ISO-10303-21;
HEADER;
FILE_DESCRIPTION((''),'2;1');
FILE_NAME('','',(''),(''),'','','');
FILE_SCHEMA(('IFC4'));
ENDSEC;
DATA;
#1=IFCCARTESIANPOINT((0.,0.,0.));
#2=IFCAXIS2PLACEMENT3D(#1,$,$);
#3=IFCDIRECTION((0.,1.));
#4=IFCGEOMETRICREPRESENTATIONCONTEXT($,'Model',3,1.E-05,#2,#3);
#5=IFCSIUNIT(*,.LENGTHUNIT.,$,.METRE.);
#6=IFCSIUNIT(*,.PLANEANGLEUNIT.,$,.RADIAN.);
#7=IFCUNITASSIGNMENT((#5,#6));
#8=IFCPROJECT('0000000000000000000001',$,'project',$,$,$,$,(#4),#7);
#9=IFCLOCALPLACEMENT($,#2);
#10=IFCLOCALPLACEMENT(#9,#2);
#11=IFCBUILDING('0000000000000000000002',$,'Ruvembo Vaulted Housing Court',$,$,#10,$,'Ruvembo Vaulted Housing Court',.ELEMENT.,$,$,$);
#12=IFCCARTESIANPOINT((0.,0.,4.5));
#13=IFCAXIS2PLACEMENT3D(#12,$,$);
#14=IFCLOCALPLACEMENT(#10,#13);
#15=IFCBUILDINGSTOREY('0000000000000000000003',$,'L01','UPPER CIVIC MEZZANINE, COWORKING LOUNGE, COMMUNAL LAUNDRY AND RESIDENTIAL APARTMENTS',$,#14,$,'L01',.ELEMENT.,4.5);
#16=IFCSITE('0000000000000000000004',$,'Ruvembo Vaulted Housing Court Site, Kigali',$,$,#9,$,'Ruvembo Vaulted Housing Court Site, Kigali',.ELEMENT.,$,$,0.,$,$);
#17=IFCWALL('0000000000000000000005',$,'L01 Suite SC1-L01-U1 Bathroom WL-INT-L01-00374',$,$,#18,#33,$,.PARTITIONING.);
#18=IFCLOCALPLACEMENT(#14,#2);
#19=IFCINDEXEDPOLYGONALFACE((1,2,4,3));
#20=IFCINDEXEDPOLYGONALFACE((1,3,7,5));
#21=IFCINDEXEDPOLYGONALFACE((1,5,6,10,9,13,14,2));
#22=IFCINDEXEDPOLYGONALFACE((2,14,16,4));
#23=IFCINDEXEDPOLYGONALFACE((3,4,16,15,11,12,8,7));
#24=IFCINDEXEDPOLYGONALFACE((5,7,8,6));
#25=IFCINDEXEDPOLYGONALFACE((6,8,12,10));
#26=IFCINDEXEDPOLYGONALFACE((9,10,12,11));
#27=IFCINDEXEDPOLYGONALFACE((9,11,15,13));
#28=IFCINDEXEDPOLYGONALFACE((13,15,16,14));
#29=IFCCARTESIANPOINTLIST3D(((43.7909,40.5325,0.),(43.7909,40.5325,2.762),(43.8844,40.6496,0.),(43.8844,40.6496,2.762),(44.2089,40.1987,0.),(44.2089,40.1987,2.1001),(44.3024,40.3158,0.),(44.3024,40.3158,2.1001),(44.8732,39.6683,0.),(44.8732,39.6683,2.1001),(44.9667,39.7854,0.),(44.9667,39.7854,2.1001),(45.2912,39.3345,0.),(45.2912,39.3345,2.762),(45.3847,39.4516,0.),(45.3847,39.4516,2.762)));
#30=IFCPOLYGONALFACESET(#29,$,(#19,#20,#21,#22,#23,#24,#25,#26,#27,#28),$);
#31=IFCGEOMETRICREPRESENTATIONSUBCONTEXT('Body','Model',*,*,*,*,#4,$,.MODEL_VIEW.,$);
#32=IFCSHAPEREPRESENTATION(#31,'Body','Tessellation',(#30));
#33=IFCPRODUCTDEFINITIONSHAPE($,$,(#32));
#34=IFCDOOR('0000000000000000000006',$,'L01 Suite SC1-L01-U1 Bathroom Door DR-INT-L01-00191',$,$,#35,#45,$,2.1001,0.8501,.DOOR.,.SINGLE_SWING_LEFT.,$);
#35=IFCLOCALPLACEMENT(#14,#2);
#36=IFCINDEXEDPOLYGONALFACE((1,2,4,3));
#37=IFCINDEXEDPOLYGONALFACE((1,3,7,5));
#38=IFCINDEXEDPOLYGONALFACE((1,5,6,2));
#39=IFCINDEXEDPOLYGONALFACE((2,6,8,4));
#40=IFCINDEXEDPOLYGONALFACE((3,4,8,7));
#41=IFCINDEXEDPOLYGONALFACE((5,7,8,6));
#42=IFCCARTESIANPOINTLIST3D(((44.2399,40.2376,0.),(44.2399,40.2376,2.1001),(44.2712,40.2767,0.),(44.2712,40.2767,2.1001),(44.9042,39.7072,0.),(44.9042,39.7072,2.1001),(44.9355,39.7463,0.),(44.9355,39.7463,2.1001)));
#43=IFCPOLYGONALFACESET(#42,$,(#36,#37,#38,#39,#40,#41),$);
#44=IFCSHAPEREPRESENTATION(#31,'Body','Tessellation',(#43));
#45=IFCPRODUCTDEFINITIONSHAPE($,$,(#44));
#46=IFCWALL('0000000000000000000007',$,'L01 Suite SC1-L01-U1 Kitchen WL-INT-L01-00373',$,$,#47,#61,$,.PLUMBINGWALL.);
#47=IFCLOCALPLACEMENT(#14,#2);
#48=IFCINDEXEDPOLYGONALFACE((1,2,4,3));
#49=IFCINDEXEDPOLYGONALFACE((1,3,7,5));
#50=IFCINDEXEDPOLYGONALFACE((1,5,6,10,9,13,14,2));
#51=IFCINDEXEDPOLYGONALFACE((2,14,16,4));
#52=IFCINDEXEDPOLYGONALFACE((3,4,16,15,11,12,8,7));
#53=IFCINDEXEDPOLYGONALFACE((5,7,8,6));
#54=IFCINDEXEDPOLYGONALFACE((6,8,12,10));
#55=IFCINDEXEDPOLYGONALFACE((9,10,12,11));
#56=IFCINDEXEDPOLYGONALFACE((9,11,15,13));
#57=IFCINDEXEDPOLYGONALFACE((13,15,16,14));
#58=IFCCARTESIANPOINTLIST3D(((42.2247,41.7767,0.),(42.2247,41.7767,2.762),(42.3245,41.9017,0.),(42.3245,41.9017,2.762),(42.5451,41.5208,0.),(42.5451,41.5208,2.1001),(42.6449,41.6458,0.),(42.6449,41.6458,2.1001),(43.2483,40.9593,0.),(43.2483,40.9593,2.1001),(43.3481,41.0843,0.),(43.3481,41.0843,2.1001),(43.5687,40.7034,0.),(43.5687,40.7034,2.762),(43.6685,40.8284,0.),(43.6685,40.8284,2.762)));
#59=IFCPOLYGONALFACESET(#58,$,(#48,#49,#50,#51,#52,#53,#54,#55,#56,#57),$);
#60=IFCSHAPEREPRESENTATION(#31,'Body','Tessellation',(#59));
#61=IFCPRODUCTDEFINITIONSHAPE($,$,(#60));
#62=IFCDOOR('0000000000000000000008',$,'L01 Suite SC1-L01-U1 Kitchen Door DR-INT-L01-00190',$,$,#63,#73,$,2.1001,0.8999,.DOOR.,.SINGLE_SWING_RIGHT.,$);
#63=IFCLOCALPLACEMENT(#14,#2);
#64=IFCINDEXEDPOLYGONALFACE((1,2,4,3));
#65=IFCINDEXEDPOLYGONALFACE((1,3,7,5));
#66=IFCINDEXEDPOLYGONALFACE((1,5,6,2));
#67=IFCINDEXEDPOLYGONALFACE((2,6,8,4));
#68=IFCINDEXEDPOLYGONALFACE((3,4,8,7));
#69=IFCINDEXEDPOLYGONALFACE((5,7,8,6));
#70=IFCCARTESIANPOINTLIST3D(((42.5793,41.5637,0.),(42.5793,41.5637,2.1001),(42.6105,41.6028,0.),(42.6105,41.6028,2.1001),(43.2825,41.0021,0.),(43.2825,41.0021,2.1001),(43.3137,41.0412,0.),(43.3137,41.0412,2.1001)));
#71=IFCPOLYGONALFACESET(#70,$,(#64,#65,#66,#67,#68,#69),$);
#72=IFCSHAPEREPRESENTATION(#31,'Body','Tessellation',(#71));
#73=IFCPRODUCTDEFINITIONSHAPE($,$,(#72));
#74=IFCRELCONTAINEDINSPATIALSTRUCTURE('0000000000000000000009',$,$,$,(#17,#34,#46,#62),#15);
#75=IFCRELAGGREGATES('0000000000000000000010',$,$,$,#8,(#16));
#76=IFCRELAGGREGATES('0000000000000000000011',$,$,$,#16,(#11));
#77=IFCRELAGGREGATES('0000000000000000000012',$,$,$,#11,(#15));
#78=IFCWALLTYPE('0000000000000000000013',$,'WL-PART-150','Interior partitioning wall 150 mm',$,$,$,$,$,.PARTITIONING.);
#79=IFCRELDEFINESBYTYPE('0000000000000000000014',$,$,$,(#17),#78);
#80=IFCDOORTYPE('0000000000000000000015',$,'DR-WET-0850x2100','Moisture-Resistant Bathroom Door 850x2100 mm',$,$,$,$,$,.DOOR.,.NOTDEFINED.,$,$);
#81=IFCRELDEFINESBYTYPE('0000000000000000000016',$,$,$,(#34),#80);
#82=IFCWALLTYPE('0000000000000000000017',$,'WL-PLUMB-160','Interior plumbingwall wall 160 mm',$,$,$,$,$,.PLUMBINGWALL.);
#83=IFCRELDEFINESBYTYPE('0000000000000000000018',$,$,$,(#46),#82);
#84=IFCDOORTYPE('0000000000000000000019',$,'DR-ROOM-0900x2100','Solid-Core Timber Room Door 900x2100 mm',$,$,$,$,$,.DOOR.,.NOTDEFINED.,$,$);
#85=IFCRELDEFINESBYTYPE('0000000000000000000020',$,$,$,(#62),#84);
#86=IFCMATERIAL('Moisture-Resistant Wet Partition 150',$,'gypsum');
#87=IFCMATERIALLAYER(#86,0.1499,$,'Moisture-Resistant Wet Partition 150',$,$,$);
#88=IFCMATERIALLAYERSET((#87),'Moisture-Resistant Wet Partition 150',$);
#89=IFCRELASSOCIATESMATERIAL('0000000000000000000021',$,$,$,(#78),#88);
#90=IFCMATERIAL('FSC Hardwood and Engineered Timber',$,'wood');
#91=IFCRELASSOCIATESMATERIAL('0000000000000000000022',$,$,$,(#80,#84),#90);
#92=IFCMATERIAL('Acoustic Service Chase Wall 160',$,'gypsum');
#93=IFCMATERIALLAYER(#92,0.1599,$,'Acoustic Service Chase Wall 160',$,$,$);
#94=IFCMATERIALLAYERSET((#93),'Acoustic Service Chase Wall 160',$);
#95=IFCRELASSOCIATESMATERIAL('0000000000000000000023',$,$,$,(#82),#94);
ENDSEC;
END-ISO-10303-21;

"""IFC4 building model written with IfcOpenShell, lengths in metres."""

from ifc_helpers import new_model, si_unit, direction, frame, frame_2d, origin, place, context, subcontext, project, spatial, rectangle, extrude, material, layer, layer_set, type_object, element, fill, save


model = new_model("IFC4")

# Units and contexts
model_context = context("Model", 3, precision=1e-05, world=origin(), true_north=direction((0.0, 1.0)))
body_context = subcontext(model_context, "Body", "Model", "MODEL_VIEW")
ifc_project = project(units=[si_unit("LENGTHUNIT", "METRE"), si_unit("PLANEANGLEUNIT", "RADIAN")], contexts=[model_context])

# Site, building, storey
site_placement = place(None, origin())
site = spatial("IfcSite", under=ifc_project, at=site_placement, Name="Ruvembo Vaulted Housing Court Site, Kigali", LongName="Ruvembo Vaulted Housing Court Site, Kigali", CompositionType="ELEMENT", RefElevation=0.0)
building_placement = place(site_placement, origin())
building = spatial("IfcBuilding", under=site, at=building_placement, Name="Ruvembo Vaulted Housing Court", LongName="Ruvembo Vaulted Housing Court", CompositionType="ELEMENT")
storey_placement = place(building_placement, frame((0.0, 0.0, 4.5)))
storey = spatial("IfcBuildingStorey", under=building, at=storey_placement, Name="L01", Description="UPPER CIVIC MEZZANINE, COWORKING LOUNGE, COMMUNAL LAUNDRY AND RESIDENTIAL APARTMENTS", LongName="L01", CompositionType="ELEMENT", Elevation=4.5)

# Walls, openings, doors
ifc_material_1 = material(Name="FSC Hardwood and Engineered Timber", Category="wood")
ifc_material_2 = material(Name="Moisture-Resistant Wet Partition 150", Category="gypsum")
ifc_layer_1 = layer(ifc_material_2, 0.1499, Name="Moisture-Resistant Wet Partition 150")
ifc_layer_set_1 = layer_set([ifc_layer_1], Name="Moisture-Resistant Wet Partition 150")
wall_type_1 = type_object("IfcWallType", Name="WL-PART-150", Description="Interior partitioning wall 150 mm", PredefinedType="PARTITIONING", material=ifc_layer_set_1)
wall_1_placement = place(storey_placement, frame((43.8376, 40.5911, 0.0), z_axis=(0.0, 0.0, 1.0), x_axis=(0.781427, -0.623997, 0.0)))
wall_1 = element("IfcWall", 1, at=wall_1_placement, inside=storey, type_object=wall_type_1, Name="L01 Suite SC1-L01-U1 Bathroom WL-INT-L01-00374", PredefinedType="PARTITIONING", context=body_context, shape_type="SweptSolid", body=[
    extrude(rectangle(XDim=1.9199, YDim=0.1499, at=frame_2d((0.96, 0.0))), origin(), (0.0, 0.0, 1.0), 2.762),
])
opening_1_placement = place(wall_1_placement, frame((0.5349, 0.0, 0.0)))
opening_1 = element("IfcOpeningElement", 2, at=opening_1_placement, cuts=wall_1, PredefinedType="OPENING", context=body_context, shape_type="SweptSolid", body=[
    extrude(rectangle(XDim=0.8501, YDim=2.1001, at=frame_2d((0.425, 1.05))), frame((0.0, 0.085, 0.0), z_axis=(0.0, -1.0, 0.0), x_axis=(1.0, 0.0, 0.0)), (0.0, 0.0, 1.0), 0.1699),
])
door_type_1 = type_object("IfcDoorType", Name="DR-WET-0850x2100", Description="Moisture-Resistant Bathroom Door 850x2100 mm", OperationType="NOTDEFINED", PredefinedType="DOOR", material=ifc_material_1)
door_1_placement = place(opening_1_placement, origin())
door_1 = element("IfcDoor", 3, at=door_1_placement, inside=storey, type_object=door_type_1, Name="L01 Suite SC1-L01-U1 Bathroom Door DR-INT-L01-00191", OperationType="SINGLE_SWING_LEFT", OverallHeight=2.1001, OverallWidth=0.8501, PredefinedType="DOOR", context=body_context, shape_type="SweptSolid", body=[
    extrude(rectangle(XDim=0.8501, YDim=2.1001, at=frame_2d((0.425, 1.05))), frame((0.0, 0.0249, 0.0), z_axis=(0.0, -1.0, 0.0), x_axis=(1.0, 0.0, 0.0)), (0.0, 0.0, 1.0), 0.05),
])
fill(opening_1, door_1)
ifc_material_3 = material(Name="Acoustic Service Chase Wall 160", Category="gypsum")
ifc_layer_2 = layer(ifc_material_3, 0.1599, Name="Acoustic Service Chase Wall 160")
ifc_layer_set_2 = layer_set([ifc_layer_2], Name="Acoustic Service Chase Wall 160")
wall_type_2 = type_object("IfcWallType", Name="WL-PLUMB-160", Description="Interior plumbingwall wall 160 mm", PredefinedType="PLUMBINGWALL", material=ifc_layer_set_2)
wall_2_placement = place(storey_placement, frame((42.2747, 41.8391, 0.0), z_axis=(0.0, 0.0, 1.0), x_axis=(0.781422, -0.624002, 0.0)))
wall_2 = element("IfcWall", 4, at=wall_2_placement, inside=storey, type_object=wall_type_2, Name="L01 Suite SC1-L01-U1 Kitchen WL-INT-L01-00373", PredefinedType="PLUMBINGWALL", context=body_context, shape_type="SweptSolid", body=[
    extrude(rectangle(XDim=1.72, YDim=0.1599, at=frame_2d((0.8599, 0.0))), origin(), (0.0, 0.0, 1.0), 2.762),
])
opening_2_placement = place(wall_2_placement, frame((0.4099, 0.0, 0.0)))
opening_2 = element("IfcOpeningElement", 5, at=opening_2_placement, cuts=wall_2, PredefinedType="OPENING", context=body_context, shape_type="SweptSolid", body=[
    extrude(rectangle(XDim=0.8999, YDim=2.1001, at=frame_2d((0.45, 1.05))), frame((0.0, 0.0898, 0.0), z_axis=(0.0, -1.0, 0.0), x_axis=(1.0, 0.0, 0.0)), (0.0, 0.0, 1.0), 0.1799),
])
door_type_2 = type_object("IfcDoorType", Name="DR-ROOM-0900x2100", Description="Solid-Core Timber Room Door 900x2100 mm", OperationType="NOTDEFINED", PredefinedType="DOOR", material=ifc_material_1)
door_2_placement = place(opening_2_placement, origin())
door_2 = element("IfcDoor", 6, at=door_2_placement, inside=storey, type_object=door_type_2, Name="L01 Suite SC1-L01-U1 Kitchen Door DR-INT-L01-00190", OperationType="SINGLE_SWING_RIGHT", OverallHeight=2.1001, OverallWidth=0.8999, PredefinedType="DOOR", context=body_context, shape_type="SweptSolid", body=[
    extrude(rectangle(XDim=0.8999, YDim=2.1001, at=frame_2d((0.45, 1.05))), frame((0.0, 0.0249, 0.0), z_axis=(0.0, -1.0, 0.0), x_axis=(1.0, 0.0, 0.0)), (0.0, 0.0, 1.0), 0.05),
])
fill(opening_2, door_2)

save(model, "model.ifc")
